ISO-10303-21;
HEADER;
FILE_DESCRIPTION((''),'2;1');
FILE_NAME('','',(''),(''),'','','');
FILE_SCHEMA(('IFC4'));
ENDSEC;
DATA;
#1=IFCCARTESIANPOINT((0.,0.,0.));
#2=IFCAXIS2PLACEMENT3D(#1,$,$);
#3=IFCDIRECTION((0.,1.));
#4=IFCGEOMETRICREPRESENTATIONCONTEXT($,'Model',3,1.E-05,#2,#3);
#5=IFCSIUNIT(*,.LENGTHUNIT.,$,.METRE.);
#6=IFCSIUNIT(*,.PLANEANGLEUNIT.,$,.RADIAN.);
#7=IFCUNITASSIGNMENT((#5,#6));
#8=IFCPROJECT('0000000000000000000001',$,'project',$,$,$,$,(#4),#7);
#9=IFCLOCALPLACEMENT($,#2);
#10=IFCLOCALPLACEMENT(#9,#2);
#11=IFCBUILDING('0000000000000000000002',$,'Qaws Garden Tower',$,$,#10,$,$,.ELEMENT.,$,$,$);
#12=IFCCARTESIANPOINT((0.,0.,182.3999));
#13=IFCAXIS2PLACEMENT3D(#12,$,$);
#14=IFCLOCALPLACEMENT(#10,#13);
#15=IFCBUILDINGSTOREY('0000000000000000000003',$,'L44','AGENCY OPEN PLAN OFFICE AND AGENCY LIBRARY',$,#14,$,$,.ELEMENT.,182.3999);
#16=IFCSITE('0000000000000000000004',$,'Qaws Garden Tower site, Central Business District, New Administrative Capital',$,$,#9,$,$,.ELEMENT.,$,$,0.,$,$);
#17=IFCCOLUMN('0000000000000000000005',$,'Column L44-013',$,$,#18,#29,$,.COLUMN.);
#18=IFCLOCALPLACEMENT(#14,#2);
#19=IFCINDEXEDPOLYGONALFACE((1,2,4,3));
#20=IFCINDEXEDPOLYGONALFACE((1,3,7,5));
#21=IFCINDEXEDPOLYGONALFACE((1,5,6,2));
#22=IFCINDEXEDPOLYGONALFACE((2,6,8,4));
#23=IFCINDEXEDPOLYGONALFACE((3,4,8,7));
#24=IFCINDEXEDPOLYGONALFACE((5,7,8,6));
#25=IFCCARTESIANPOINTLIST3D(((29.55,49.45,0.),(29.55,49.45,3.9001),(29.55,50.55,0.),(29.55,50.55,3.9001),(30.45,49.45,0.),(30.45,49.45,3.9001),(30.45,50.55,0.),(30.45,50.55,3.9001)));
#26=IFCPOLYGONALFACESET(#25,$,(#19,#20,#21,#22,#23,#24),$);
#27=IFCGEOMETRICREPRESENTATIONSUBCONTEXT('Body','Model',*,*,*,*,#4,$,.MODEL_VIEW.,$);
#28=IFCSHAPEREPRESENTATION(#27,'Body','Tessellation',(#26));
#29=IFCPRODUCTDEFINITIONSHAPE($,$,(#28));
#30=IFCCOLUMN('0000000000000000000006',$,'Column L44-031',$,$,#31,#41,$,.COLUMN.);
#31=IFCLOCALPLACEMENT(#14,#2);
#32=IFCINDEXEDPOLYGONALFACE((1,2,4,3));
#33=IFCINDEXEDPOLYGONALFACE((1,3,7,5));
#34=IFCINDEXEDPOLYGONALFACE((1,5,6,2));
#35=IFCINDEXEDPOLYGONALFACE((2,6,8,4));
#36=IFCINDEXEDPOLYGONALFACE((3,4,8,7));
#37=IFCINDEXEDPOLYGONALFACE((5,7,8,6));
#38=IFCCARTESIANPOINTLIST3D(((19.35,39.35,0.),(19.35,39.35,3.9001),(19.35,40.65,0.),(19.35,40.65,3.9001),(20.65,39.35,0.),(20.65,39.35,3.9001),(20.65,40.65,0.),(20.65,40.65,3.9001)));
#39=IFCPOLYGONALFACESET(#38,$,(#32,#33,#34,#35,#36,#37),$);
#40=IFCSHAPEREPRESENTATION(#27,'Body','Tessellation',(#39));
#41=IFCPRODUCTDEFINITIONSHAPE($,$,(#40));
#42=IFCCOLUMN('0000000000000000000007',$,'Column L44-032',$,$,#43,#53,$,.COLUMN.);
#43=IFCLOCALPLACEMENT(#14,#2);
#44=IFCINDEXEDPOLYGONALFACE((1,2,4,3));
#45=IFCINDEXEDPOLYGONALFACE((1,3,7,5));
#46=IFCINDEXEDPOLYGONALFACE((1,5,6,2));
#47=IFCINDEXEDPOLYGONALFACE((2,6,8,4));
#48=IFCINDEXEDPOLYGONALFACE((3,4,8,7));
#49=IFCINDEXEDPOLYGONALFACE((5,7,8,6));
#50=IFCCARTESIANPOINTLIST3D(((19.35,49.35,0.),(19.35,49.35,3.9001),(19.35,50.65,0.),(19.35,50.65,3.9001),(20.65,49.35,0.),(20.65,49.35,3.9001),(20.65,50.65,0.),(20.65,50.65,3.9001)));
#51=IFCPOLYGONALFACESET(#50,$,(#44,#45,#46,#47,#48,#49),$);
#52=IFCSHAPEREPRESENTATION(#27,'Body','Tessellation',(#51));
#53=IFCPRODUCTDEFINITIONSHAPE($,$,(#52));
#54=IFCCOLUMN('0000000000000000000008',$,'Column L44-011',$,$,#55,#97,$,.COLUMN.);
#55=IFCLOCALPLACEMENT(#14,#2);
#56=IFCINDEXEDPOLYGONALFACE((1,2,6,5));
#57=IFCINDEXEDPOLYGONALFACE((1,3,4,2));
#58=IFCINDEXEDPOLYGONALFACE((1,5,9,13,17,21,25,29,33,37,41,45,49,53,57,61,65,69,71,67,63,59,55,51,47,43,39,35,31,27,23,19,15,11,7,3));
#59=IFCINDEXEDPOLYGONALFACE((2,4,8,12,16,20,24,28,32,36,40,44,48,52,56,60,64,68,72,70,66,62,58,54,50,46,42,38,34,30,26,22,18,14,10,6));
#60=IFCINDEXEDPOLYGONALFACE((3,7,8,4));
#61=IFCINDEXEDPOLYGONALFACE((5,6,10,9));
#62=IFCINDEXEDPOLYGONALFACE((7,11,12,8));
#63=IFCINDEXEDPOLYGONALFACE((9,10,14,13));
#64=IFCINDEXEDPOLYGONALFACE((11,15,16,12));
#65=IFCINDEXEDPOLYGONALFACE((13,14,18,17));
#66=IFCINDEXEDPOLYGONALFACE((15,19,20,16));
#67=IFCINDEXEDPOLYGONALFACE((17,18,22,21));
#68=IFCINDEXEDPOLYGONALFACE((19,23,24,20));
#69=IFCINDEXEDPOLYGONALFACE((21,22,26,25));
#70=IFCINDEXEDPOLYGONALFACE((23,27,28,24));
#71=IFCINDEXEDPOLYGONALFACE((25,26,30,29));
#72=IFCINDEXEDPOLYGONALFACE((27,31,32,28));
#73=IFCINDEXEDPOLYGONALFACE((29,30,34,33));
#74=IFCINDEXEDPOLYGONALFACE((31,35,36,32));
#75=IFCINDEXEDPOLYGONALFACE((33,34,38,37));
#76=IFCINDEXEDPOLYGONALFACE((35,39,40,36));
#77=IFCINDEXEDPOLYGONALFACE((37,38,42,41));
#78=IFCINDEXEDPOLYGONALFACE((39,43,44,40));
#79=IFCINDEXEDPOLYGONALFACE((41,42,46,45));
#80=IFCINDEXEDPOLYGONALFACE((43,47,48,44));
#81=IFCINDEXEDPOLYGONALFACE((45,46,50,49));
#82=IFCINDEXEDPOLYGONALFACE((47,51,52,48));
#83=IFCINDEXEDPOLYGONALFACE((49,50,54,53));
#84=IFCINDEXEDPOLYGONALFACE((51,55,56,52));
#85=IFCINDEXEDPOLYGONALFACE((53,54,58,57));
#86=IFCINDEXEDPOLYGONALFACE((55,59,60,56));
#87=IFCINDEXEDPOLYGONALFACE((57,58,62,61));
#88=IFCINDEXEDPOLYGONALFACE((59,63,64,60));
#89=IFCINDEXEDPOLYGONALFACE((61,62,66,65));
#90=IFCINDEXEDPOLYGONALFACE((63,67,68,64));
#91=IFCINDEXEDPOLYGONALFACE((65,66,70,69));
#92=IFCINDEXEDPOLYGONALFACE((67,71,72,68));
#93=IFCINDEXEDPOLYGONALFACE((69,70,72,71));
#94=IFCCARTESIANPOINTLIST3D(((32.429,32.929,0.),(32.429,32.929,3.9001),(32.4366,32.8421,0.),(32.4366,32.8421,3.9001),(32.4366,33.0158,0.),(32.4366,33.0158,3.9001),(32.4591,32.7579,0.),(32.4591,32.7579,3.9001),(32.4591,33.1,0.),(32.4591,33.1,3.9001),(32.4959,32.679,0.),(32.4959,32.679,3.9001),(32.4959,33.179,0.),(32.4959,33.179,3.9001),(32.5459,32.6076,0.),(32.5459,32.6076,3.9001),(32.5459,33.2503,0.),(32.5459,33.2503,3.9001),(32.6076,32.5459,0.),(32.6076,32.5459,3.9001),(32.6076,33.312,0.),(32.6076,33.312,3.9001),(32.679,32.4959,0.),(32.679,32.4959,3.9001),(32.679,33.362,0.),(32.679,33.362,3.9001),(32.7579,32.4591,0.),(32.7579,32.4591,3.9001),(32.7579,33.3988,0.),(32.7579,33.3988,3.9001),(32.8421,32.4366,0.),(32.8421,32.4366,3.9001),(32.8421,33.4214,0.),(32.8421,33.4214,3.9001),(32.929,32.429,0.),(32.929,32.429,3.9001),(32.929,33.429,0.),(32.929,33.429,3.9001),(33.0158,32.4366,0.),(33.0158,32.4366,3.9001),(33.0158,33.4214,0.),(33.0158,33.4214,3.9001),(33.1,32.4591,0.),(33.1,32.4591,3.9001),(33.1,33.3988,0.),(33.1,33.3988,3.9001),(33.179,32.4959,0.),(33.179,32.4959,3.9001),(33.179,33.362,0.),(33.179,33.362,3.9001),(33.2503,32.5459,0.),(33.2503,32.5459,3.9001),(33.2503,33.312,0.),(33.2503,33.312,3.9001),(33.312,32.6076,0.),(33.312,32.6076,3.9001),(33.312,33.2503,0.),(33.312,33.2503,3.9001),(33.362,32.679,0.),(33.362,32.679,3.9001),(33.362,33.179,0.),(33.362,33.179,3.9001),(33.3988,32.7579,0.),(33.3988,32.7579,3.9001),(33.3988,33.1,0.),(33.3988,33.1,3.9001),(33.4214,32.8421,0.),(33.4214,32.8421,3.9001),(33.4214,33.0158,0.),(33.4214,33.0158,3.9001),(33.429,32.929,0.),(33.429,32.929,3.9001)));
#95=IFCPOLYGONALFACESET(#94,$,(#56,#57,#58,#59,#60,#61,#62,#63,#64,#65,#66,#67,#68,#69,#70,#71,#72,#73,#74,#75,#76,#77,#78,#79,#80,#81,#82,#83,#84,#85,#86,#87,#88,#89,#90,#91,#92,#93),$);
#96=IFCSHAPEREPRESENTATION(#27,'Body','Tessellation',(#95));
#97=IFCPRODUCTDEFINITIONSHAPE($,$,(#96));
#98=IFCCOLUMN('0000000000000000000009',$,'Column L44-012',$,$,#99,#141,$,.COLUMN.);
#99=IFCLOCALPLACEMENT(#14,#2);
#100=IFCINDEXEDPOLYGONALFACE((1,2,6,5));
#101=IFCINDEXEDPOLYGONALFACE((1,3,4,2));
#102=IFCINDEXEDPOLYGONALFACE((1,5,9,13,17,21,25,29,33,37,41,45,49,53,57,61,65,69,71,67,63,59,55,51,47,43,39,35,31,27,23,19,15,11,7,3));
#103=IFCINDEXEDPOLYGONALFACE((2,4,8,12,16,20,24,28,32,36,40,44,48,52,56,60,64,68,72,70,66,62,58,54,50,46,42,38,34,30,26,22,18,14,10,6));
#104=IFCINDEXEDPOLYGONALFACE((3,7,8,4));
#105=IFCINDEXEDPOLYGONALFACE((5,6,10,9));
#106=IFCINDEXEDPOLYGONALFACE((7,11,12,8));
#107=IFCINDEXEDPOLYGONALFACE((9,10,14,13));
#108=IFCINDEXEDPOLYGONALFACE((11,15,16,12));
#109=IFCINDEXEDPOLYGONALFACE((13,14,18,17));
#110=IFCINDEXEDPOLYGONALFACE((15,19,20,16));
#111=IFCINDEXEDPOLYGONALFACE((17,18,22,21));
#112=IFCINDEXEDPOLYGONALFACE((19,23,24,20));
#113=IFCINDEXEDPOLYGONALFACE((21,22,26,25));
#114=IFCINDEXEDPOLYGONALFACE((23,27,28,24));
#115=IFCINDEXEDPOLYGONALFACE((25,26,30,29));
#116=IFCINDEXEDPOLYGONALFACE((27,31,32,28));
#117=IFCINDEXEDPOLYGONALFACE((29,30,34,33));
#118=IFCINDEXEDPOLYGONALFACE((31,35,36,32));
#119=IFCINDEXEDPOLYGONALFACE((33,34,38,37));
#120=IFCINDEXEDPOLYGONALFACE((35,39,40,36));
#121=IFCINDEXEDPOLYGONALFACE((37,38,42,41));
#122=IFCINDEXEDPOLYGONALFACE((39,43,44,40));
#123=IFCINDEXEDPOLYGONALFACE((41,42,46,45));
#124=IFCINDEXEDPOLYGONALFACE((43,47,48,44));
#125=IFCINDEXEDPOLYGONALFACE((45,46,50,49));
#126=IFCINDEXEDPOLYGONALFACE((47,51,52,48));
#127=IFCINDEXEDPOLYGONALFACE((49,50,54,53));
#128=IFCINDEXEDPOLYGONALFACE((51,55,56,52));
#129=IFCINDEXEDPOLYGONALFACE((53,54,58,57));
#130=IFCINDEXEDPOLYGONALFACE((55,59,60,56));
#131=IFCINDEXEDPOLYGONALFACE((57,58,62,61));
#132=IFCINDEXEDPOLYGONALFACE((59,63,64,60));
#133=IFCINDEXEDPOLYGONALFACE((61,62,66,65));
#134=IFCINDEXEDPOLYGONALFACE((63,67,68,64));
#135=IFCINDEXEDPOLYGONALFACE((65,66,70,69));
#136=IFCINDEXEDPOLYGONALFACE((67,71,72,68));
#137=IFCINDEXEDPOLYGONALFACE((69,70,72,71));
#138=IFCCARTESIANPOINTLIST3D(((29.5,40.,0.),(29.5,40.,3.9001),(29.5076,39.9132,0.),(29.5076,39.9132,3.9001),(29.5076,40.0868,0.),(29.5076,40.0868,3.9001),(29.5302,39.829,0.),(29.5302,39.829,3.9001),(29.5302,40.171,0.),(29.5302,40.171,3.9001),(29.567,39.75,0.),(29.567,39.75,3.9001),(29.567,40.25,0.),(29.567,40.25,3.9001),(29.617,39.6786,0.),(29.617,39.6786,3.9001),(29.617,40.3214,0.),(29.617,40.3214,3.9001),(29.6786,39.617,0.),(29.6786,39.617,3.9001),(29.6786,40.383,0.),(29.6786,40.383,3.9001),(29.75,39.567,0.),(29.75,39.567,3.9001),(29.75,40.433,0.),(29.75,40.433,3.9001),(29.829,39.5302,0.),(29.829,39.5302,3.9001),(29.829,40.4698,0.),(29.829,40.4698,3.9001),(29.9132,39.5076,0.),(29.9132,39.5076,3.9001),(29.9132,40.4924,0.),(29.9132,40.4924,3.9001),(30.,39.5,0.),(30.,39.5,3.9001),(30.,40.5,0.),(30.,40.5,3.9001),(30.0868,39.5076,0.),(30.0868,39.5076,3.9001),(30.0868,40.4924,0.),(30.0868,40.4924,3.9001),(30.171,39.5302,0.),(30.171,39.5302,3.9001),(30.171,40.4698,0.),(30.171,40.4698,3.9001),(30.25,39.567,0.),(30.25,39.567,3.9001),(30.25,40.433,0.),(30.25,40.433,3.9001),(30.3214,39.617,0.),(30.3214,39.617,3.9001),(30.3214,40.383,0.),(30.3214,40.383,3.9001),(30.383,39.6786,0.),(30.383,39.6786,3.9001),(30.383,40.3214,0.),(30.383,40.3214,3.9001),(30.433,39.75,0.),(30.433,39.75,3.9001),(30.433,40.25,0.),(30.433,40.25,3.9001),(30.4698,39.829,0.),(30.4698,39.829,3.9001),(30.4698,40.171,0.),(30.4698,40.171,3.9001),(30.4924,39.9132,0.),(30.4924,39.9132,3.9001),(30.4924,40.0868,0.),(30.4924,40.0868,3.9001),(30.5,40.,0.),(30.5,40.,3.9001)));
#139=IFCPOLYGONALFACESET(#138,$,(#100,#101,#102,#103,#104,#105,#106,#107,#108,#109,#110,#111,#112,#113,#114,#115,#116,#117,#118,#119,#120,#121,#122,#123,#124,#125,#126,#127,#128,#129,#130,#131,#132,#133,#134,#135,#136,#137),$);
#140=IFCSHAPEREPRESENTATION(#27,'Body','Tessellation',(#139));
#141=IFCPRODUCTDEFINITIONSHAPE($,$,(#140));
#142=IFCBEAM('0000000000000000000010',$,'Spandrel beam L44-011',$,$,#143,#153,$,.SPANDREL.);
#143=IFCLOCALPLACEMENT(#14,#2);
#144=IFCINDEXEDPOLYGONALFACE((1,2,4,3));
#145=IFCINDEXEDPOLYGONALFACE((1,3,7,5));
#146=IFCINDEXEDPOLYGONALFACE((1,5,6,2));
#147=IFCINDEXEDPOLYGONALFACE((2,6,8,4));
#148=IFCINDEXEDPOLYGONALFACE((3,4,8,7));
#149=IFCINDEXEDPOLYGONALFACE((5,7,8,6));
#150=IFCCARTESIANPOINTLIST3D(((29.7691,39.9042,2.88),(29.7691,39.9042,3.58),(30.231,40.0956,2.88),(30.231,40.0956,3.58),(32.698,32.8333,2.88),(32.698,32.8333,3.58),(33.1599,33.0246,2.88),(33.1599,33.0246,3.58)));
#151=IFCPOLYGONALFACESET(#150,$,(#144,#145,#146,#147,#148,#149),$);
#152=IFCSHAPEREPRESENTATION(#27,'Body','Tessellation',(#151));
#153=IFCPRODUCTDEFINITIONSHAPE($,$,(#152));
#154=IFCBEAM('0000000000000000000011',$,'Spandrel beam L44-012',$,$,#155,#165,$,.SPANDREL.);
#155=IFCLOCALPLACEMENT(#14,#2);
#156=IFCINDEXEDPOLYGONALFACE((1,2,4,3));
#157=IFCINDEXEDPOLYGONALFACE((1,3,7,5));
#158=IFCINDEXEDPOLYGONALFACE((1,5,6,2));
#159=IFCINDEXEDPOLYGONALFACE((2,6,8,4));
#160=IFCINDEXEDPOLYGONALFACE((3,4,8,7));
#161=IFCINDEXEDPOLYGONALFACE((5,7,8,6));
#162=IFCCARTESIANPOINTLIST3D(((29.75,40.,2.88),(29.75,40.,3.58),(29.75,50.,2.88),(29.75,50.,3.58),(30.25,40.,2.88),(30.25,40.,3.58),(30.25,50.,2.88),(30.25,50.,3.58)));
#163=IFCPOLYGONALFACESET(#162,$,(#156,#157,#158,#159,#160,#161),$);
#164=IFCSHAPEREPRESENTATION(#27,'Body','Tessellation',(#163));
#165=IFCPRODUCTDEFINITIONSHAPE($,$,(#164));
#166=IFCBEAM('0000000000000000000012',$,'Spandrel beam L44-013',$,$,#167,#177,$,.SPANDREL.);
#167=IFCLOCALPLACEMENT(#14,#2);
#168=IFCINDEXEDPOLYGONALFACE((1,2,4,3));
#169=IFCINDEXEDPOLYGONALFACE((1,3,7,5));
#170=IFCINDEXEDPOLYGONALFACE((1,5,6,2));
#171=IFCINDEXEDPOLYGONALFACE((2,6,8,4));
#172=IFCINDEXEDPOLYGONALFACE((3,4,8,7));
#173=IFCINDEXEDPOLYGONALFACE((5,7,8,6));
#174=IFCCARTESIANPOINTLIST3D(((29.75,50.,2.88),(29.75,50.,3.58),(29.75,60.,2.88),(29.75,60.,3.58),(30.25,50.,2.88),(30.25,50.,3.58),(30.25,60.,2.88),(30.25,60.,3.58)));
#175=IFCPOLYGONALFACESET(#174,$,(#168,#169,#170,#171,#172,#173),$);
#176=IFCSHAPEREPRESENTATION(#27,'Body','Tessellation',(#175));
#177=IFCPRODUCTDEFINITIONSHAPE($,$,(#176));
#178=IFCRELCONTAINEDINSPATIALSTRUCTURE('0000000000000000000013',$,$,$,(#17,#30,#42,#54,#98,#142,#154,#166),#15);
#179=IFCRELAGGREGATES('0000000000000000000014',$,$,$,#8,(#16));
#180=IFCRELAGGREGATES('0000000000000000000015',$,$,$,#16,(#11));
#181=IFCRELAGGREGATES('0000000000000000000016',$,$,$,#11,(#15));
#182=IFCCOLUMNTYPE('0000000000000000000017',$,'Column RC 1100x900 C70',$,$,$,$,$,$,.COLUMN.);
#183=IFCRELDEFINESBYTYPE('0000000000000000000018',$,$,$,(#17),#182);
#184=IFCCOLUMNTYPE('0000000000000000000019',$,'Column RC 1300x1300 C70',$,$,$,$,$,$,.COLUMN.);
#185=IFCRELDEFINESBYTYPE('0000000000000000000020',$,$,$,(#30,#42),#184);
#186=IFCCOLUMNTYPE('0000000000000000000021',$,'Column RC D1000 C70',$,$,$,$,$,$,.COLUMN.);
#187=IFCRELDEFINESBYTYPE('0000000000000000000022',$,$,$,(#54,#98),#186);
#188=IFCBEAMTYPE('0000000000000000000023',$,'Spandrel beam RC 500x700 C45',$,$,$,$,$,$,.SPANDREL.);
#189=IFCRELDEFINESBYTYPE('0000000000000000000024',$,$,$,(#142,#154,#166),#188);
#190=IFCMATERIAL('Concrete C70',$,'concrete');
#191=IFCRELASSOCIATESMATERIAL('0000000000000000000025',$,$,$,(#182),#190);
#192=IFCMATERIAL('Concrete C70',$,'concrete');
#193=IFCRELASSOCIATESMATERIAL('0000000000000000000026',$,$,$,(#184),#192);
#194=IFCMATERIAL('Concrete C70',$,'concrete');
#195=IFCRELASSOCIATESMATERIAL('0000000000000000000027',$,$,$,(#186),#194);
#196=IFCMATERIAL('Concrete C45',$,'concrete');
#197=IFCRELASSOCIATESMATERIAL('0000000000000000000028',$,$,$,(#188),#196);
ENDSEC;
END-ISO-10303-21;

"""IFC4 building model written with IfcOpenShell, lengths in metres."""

from ifc_helpers import new_model, si_unit, direction, frame, origin, origin_2d, place, context, subcontext, project, spatial, rectangle, circle, extrude, material, material_profile, profile_set, type_object, element, save


model = new_model("IFC4")

# Units and contexts
model_context = context("Model", 3, precision=1e-05, world=origin(), true_north=direction((0.0, 1.0)))
body_context = subcontext(model_context, "Body", "Model", "MODEL_VIEW")
ifc_project = project(units=[si_unit("LENGTHUNIT", "METRE"), si_unit("PLANEANGLEUNIT", "RADIAN")], contexts=[model_context])

# Site, building, storey
site_placement = place(None, origin())
site = spatial("IfcSite", under=ifc_project, at=site_placement, Name="Qaws Garden Tower site, Central Business District, New Administrative Capital", CompositionType="ELEMENT", RefElevation=0.0)
building_placement = place(site_placement, origin())
building = spatial("IfcBuilding", under=site, at=building_placement, Name="Qaws Garden Tower", CompositionType="ELEMENT")
storey_placement = place(building_placement, frame((0.0, 0.0, 182.3999)))
storey = spatial("IfcBuildingStorey", under=building, at=storey_placement, Name="L44", Description="AGENCY OPEN PLAN OFFICE AND AGENCY LIBRARY", CompositionType="ELEMENT", Elevation=182.3999)

# Columns
ifc_material_1 = material(Name="Concrete C70", Category="concrete")
ifc_material_profile_1 = material_profile(ifc_material_1, rectangle(XDim=1.1001, YDim=0.8999, at=origin_2d()), Name="RC 1100x900")
ifc_profile_set_1 = profile_set([ifc_material_profile_1], Name="Concrete C70")
column_type_1 = type_object("IfcColumnType", Name="Column RC 1100x900 C70", PredefinedType="COLUMN", material=ifc_profile_set_1)
column_placement = place(storey_placement, frame((30.0, 50.0, 0.0), z_axis=(0.0, 0.0, 1.0), x_axis=(0.0, 1.0, 0.0)))
element("IfcColumn", 1, at=column_placement, inside=storey, type_object=column_type_1, Name="Column L44-013", PredefinedType="COLUMN", context=body_context, shape_type="SweptSolid", body=[
    extrude(rectangle(XDim=1.1001, YDim=0.8999, at=origin_2d()), origin(), (0.0, 0.0, 1.0), 3.9001),
])
ifc_material_2 = material(Name="Concrete C70", Category="concrete")
ifc_material_profile_2 = material_profile(ifc_material_2, rectangle(XDim=1.3, YDim=1.3, at=origin_2d()), Name="RC 1300x1300")
ifc_profile_set_2 = profile_set([ifc_material_profile_2], Name="Concrete C70")
column_type_2 = type_object("IfcColumnType", Name="Column RC 1300x1300 C70", PredefinedType="COLUMN", material=ifc_profile_set_2)
for number, where, z_axis, x_axis, name in (
    (2, (20.0, 40.0, 0.0), (0.0, 0.0, 1.0), (1.0, 0.0, 0.0), "Column L44-031"),
    (3, (20.0, 50.0, 0.0), (0.0, 0.0, 1.0), (1.0, 0.0, 0.0), "Column L44-032"),
):
    element("IfcColumn", number, at=place(storey_placement, frame(where, z_axis=z_axis, x_axis=x_axis)), inside=storey, type_object=column_type_2, Name=name, PredefinedType="COLUMN", context=body_context, shape_type="SweptSolid", body=[
        extrude(rectangle(XDim=1.3, YDim=1.3, at=origin_2d()), origin(), (0.0, 0.0, 1.0), 3.9001),
    ])
ifc_material_3 = material(Name="Concrete C70", Category="concrete")
ifc_material_profile_3 = material_profile(ifc_material_3, circle(Radius=0.5, at=origin_2d()), Name="RC D1000")
ifc_profile_set_3 = profile_set([ifc_material_profile_3], Name="Concrete C70")
column_type_3 = type_object("IfcColumnType", Name="Column RC D1000 C70", PredefinedType="COLUMN", material=ifc_profile_set_3)
for number, where, z_axis, x_axis, name in (
    (4, (32.929, 32.929, 0.0), (0.0, 0.0, 1.0), (1.0, 0.0, 0.0), "Column L44-011"),
    (5, (30.0, 40.0, 0.0), (0.0, 0.0, 1.0), (1.0, 0.0, 0.0), "Column L44-012"),
):
    element("IfcColumn", number, at=place(storey_placement, frame(where, z_axis=z_axis, x_axis=x_axis)), inside=storey, type_object=column_type_3, Name=name, PredefinedType="COLUMN", context=body_context, shape_type="SweptSolid", body=[
        extrude(circle(Radius=0.5, at=origin_2d()), origin(), (0.0, 0.0, 1.0), 3.9001),
    ])

# Beams
ifc_material_4 = material(Name="Concrete C45", Category="concrete")
ifc_material_profile_4 = material_profile(ifc_material_4, rectangle(XDim=0.5, YDim=0.7, at=origin_2d()), Name="RC 500x700")
ifc_profile_set_4 = profile_set([ifc_material_profile_4], Name="Concrete C45")
beam_type = type_object("IfcBeamType", Name="Spandrel beam RC 500x700 C45", PredefinedType="SPANDREL", material=ifc_profile_set_4)
beam_placement = place(storey_placement, frame((32.929, 32.929, 3.23), z_axis=(-0.382687, 0.923878, 0.0), x_axis=(-0.923878, -0.382687, 0.0)))
element("IfcBeam", 6, at=beam_placement, inside=storey, type_object=beam_type, Name="Spandrel beam L44-011", PredefinedType="SPANDREL", context=body_context, shape_type="SweptSolid", body=[
    extrude(rectangle(XDim=0.5, YDim=0.7, at=origin_2d()), origin(), (0.0, 0.0, 1.0), 7.6536),
])
for number, where, z_axis, x_axis, name in (
    (7, (30.0, 40.0, 3.23), (0.0, 1.0, 0.0), (-1.0, 0.0, 0.0), "Spandrel beam L44-012"),
    (8, (30.0, 50.0, 3.23), (0.0, 1.0, 0.0), (-1.0, 0.0, 0.0), "Spandrel beam L44-013"),
):
    element("IfcBeam", number, at=place(storey_placement, frame(where, z_axis=z_axis, x_axis=x_axis)), inside=storey, type_object=beam_type, Name=name, PredefinedType="SPANDREL", context=body_context, shape_type="SweptSolid", body=[
        extrude(rectangle(XDim=0.5, YDim=0.7, at=origin_2d()), origin(), (0.0, 0.0, 1.0), 10.0),
    ])

save(model, "model.ifc")
